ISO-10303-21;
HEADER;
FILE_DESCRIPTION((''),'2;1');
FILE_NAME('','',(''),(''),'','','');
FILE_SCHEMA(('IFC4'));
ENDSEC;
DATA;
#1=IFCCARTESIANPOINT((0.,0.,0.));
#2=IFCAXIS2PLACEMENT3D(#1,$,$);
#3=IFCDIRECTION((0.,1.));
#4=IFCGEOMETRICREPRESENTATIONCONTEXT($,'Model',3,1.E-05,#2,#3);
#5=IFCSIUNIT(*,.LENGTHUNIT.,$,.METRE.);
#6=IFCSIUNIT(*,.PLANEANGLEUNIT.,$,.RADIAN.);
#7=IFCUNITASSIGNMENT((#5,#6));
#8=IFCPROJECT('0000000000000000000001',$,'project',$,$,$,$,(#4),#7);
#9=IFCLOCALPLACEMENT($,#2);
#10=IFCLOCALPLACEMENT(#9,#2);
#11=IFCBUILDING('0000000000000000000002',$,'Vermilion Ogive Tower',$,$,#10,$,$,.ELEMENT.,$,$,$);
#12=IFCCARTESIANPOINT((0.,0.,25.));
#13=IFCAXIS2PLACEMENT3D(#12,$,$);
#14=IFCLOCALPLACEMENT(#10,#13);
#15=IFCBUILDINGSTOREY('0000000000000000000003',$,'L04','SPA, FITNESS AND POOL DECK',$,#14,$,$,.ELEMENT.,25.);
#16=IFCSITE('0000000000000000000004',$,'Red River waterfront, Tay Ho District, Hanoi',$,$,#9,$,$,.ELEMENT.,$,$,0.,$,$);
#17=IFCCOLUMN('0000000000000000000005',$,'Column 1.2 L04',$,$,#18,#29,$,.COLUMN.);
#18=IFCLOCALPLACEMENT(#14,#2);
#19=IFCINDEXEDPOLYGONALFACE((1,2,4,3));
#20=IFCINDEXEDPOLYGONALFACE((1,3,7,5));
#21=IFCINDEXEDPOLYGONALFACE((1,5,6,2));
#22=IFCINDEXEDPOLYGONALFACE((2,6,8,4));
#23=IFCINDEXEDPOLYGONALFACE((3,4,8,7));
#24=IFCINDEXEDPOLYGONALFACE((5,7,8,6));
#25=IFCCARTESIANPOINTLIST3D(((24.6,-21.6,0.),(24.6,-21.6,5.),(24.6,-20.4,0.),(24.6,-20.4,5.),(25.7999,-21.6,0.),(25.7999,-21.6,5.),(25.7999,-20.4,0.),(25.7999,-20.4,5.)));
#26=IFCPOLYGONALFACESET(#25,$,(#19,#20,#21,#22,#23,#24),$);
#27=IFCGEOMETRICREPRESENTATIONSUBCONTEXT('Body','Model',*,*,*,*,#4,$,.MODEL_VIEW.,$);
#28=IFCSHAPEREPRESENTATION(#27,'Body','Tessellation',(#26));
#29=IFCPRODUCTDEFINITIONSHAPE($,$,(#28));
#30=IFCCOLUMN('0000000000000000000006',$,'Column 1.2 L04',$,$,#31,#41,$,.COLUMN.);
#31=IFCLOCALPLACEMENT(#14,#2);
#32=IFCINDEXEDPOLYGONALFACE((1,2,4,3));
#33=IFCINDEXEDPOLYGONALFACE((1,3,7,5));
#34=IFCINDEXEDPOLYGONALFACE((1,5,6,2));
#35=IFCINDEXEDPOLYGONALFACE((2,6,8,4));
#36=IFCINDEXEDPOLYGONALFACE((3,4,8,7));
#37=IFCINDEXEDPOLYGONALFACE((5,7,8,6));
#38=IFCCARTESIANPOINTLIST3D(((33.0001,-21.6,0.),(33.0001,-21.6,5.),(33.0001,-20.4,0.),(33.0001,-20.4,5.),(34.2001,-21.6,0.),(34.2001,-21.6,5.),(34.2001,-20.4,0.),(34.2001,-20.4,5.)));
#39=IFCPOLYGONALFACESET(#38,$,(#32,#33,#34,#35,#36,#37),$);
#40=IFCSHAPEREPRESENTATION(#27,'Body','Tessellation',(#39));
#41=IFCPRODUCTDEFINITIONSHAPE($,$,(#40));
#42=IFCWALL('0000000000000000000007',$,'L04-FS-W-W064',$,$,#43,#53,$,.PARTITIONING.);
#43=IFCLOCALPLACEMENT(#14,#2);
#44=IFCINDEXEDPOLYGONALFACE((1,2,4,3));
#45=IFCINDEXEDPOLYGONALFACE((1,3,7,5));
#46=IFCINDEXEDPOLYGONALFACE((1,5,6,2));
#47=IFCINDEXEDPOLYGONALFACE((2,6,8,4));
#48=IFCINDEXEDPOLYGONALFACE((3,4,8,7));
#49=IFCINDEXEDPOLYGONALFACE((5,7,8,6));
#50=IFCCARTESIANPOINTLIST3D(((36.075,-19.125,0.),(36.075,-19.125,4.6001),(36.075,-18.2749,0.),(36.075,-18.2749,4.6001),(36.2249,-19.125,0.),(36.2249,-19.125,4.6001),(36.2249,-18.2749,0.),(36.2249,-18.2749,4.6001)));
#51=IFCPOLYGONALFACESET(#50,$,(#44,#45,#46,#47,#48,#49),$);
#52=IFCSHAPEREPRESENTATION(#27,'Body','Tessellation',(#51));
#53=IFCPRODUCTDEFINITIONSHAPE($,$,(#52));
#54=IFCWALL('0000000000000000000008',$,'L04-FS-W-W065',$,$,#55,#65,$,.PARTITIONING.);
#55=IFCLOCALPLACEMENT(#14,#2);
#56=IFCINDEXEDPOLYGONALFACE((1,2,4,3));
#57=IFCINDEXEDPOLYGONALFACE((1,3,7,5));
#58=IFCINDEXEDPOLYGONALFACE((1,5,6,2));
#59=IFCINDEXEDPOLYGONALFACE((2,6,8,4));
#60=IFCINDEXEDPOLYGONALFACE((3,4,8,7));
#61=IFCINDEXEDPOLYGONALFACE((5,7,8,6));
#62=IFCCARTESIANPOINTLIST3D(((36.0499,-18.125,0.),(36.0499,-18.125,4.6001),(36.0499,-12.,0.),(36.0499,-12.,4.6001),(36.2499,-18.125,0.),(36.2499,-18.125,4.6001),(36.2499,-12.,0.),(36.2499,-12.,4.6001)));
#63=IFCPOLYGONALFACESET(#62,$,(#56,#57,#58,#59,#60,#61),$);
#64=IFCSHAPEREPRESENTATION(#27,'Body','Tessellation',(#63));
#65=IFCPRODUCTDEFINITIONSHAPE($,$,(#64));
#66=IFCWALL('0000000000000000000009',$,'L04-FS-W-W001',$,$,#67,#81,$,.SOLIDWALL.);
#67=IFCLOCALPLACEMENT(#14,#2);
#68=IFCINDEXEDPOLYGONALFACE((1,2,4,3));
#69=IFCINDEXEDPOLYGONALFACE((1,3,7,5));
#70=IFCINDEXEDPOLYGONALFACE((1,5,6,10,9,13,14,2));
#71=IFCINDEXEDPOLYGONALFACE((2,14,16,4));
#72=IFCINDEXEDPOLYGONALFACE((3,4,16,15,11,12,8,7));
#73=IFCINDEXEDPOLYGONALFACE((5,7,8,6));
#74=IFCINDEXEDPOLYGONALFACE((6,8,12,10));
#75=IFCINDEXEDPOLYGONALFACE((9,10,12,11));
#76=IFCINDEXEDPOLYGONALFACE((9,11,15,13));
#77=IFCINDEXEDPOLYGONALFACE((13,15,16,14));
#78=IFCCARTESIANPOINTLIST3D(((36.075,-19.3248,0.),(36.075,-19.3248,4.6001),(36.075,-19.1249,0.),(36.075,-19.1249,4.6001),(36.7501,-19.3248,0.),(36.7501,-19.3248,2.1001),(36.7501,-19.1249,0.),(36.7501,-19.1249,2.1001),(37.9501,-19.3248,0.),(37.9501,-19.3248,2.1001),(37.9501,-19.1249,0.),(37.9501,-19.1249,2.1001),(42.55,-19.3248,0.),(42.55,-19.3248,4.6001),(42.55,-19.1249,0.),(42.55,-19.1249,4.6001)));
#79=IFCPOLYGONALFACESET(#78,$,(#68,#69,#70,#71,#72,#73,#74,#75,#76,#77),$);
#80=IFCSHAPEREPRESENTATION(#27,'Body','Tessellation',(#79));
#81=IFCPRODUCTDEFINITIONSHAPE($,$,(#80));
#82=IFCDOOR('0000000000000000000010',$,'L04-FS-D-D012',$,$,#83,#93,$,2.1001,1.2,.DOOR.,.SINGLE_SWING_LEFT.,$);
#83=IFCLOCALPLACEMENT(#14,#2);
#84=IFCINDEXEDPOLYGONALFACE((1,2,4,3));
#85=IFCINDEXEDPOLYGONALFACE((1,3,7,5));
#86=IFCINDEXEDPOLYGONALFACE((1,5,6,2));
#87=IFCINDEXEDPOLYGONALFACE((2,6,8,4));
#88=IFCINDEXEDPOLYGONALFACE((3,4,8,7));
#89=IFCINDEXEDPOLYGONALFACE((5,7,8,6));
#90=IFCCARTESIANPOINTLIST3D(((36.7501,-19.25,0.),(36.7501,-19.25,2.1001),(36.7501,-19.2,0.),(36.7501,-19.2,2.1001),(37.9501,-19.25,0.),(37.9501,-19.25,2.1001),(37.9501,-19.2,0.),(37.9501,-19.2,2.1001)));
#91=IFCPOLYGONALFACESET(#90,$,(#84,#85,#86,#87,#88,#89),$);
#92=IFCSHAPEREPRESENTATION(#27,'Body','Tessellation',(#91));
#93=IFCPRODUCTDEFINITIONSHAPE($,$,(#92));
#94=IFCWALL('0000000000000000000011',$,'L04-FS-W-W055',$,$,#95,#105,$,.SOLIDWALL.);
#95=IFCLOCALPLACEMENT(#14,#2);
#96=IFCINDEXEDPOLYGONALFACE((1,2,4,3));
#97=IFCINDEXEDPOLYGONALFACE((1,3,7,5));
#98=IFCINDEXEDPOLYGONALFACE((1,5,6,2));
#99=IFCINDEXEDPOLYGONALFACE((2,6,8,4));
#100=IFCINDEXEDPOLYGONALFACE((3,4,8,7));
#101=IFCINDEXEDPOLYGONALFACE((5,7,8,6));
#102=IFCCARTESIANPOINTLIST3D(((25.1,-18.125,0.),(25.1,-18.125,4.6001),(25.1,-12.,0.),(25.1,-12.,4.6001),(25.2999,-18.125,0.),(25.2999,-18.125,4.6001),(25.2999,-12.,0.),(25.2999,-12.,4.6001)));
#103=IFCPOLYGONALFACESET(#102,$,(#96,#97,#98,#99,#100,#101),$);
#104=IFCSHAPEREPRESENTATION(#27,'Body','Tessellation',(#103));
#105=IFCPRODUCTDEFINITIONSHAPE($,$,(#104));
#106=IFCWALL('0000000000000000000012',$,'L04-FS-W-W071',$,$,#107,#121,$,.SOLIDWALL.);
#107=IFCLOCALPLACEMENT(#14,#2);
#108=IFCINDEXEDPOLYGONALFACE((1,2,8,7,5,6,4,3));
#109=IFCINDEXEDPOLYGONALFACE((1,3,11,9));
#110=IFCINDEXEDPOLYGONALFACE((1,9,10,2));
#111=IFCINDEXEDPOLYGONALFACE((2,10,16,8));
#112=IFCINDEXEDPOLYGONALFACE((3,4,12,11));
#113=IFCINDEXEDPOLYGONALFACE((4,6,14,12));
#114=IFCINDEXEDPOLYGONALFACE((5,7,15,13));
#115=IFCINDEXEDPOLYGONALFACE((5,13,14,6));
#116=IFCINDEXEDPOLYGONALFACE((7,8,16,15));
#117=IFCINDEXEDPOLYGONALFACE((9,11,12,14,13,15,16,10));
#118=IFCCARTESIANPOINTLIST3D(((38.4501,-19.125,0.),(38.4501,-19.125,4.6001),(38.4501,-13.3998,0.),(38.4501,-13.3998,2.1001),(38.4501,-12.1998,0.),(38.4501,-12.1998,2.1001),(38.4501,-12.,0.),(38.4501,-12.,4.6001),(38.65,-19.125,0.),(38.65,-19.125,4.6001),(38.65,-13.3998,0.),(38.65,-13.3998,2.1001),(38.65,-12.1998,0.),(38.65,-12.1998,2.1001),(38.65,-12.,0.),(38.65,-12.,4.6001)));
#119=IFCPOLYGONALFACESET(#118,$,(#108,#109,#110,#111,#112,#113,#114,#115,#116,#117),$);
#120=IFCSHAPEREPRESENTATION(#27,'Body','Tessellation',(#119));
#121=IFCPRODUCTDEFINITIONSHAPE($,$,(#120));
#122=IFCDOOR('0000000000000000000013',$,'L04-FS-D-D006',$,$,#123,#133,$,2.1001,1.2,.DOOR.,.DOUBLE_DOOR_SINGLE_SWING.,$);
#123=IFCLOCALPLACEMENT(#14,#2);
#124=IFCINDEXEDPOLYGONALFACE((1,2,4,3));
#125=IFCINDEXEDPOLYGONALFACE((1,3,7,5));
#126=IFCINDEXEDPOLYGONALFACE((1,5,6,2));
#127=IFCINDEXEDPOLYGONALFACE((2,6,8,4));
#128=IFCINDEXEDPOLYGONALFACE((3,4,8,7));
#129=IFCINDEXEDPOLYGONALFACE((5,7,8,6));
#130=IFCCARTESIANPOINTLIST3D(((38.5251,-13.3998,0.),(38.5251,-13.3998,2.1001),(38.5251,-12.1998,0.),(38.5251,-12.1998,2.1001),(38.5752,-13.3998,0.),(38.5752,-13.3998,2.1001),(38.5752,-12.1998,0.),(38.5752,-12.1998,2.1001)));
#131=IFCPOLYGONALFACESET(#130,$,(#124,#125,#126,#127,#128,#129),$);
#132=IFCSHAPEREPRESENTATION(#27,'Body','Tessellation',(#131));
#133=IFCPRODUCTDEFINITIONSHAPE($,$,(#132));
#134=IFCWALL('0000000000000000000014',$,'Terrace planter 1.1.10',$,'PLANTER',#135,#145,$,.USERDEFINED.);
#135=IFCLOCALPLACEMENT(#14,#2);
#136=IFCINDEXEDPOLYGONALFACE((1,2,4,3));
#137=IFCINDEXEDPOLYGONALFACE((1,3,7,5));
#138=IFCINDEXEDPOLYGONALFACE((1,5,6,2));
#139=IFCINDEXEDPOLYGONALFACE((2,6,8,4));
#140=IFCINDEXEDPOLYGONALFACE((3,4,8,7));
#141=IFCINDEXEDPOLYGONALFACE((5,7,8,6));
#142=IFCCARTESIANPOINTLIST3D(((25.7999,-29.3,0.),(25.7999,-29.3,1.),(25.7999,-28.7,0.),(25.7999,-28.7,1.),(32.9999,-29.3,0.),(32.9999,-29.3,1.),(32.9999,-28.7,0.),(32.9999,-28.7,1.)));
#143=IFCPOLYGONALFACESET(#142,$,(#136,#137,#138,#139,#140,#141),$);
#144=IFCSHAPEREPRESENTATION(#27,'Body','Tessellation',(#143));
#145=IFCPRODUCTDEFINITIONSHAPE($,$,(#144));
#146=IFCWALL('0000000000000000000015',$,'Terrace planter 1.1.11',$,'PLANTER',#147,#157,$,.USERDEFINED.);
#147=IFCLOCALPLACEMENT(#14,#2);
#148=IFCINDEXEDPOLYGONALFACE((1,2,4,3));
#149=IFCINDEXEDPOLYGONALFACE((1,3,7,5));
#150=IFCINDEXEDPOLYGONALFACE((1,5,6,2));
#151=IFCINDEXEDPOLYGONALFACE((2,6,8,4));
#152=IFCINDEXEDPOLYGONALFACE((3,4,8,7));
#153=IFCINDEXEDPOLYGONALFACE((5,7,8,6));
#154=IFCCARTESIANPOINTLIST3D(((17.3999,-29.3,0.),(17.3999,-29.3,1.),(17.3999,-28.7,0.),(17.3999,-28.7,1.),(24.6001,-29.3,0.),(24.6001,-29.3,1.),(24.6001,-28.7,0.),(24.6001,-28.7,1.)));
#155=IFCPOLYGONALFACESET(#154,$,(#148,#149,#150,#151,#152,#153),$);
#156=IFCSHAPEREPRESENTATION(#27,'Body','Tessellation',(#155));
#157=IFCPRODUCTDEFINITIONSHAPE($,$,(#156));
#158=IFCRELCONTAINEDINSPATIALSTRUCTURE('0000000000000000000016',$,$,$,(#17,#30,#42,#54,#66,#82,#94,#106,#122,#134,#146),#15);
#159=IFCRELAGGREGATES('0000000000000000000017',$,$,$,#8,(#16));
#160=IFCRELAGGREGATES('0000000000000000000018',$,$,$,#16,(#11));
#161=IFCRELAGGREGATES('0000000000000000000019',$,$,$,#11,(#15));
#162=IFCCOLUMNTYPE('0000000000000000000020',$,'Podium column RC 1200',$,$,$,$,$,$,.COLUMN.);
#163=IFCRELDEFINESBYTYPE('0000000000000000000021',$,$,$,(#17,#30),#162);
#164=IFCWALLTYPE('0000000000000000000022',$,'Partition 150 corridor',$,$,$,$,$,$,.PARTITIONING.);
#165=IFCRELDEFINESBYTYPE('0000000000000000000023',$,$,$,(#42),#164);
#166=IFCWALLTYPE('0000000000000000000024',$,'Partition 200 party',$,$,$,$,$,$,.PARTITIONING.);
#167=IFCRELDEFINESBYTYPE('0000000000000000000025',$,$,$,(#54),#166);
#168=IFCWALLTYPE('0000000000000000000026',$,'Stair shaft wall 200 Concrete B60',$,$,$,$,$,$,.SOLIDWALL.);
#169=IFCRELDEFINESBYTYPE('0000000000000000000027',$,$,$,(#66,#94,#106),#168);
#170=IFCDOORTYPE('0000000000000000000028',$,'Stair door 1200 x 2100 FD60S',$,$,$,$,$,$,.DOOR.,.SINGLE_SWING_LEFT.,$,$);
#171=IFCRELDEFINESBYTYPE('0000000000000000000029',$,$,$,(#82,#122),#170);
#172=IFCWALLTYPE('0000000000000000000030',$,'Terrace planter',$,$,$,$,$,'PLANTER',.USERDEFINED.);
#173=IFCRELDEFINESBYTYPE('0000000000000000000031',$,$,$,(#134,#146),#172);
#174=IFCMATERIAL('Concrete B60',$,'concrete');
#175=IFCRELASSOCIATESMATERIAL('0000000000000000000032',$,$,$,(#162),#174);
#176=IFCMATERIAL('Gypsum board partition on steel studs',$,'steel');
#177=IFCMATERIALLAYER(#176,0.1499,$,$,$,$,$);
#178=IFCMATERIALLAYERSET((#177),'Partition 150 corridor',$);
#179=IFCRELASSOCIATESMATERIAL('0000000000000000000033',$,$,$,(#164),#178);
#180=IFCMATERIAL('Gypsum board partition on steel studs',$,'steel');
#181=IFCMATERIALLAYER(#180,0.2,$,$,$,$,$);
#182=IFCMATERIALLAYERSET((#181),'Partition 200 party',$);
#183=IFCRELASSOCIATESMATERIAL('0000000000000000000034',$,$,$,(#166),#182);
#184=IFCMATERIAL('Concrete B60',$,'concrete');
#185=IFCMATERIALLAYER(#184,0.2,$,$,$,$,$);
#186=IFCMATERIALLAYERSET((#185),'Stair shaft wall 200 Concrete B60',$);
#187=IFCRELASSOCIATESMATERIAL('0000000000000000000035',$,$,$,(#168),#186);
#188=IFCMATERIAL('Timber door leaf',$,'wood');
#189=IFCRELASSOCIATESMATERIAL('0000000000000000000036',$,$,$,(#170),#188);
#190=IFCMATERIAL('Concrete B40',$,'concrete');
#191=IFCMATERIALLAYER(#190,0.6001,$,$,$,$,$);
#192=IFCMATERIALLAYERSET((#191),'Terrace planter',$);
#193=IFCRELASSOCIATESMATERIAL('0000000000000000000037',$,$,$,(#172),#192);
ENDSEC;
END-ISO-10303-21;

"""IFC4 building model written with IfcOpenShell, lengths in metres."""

from ifc_helpers import new_model, si_unit, direction, frame, frame_2d, origin, origin_2d, place, context, subcontext, project, spatial, rectangle, extrude, material, layer, layer_set, material_profile, profile_set, type_object, element, fill, save


model = new_model("IFC4")

# Units and contexts
model_context = context("Model", 3, precision=1e-05, world=origin(), true_north=direction((0.0, 1.0)))
body_context = subcontext(model_context, "Body", "Model", "MODEL_VIEW")
ifc_project = project(units=[si_unit("LENGTHUNIT", "METRE"), si_unit("PLANEANGLEUNIT", "RADIAN")], contexts=[model_context])

# Site, building, storey
site_placement = place(None, origin())
site = spatial("IfcSite", under=ifc_project, at=site_placement, Name="Red River waterfront, Tay Ho District, Hanoi", CompositionType="ELEMENT", RefElevation=0.0)
building_placement = place(site_placement, origin())
building = spatial("IfcBuilding", under=site, at=building_placement, Name="Vermilion Ogive Tower", CompositionType="ELEMENT")
storey_placement = place(building_placement, frame((0.0, 0.0, 25.0)))
storey = spatial("IfcBuildingStorey", under=building, at=storey_placement, Name="L04", Description="SPA, FITNESS AND POOL DECK", CompositionType="ELEMENT", Elevation=25.0)

# Columns
ifc_material_1 = material(Name="Concrete B60", Category="concrete")
ifc_material_profile = material_profile(ifc_material_1, rectangle(XDim=1.2, YDim=1.2, at=origin_2d()), Name="RC 1200x1200")
ifc_profile_set = profile_set([ifc_material_profile], Name="Concrete B60")
column_type = type_object("IfcColumnType", Name="Podium column RC 1200", PredefinedType="COLUMN", material=ifc_profile_set)
for number, where, z_axis, x_axis, name in (
    (1, (25.2, -21.0, 0.0), (0.0, 0.0, 1.0), (1.0, 0.0, 0.0), "Column 1.2 L04"),
    (2, (33.6001, -21.0, 0.0), (0.0, 0.0, 1.0), (1.0, 0.0, 0.0), "Column 1.2 L04"),
):
    element("IfcColumn", number, at=place(storey_placement, frame(where, z_axis=z_axis, x_axis=x_axis)), inside=storey, type_object=column_type, Name=name, PredefinedType="COLUMN", context=body_context, shape_type="SweptSolid", body=[
        extrude(rectangle(XDim=1.2, YDim=1.2, at=origin_2d()), origin(), (0.0, 0.0, 1.0), 5.0),
    ])

# Walls
ifc_material_2 = material(Name="Gypsum board partition on steel studs", Category="steel")
ifc_layer_1 = layer(ifc_material_2, 0.1499)
ifc_layer_set_1 = layer_set([ifc_layer_1], Name="Partition 150 corridor")
wall_type_1 = type_object("IfcWallType", Name="Partition 150 corridor", PredefinedType="PARTITIONING", material=ifc_layer_set_1)
wall_1_placement = place(storey_placement, frame((36.1499, -19.125, 0.0), z_axis=(0.0, 0.0, 1.0), x_axis=(0.0, 1.0, 0.0)))
element("IfcWall", 3, at=wall_1_placement, inside=storey, type_object=wall_type_1, Name="L04-FS-W-W064", PredefinedType="PARTITIONING", context=body_context, shape_type="SweptSolid", body=[
    extrude(rectangle(XDim=0.8501, YDim=0.1499, at=frame_2d((0.425, 0.0))), origin(), (0.0, 0.0, 1.0), 4.6001),
])
ifc_material_3 = material(Name="Gypsum board partition on steel studs", Category="steel")
ifc_layer_2 = layer(ifc_material_3, 0.2)
ifc_layer_set_2 = layer_set([ifc_layer_2], Name="Partition 200 party")
wall_type_2 = type_object("IfcWallType", Name="Partition 200 party", PredefinedType="PARTITIONING", material=ifc_layer_set_2)
wall_2_placement = place(storey_placement, frame((36.1499, -18.125, 0.0), z_axis=(0.0, 0.0, 1.0), x_axis=(0.0, 1.0, 0.0)))
element("IfcWall", 4, at=wall_2_placement, inside=storey, type_object=wall_type_2, Name="L04-FS-W-W065", PredefinedType="PARTITIONING", context=body_context, shape_type="SweptSolid", body=[
    extrude(rectangle(XDim=6.125, YDim=0.2, at=frame_2d((3.0625, 0.0))), origin(), (0.0, 0.0, 1.0), 4.6001),
])

# Wall, opening, door
ifc_material_4 = material(Name="Concrete B60", Category="concrete")
ifc_layer_3 = layer(ifc_material_4, 0.2)
ifc_layer_set_3 = layer_set([ifc_layer_3], Name="Stair shaft wall 200 Concrete B60")
wall_type_3 = type_object("IfcWallType", Name="Stair shaft wall 200 Concrete B60", PredefinedType="SOLIDWALL", material=ifc_layer_set_3)
wall_3_placement = place(storey_placement, frame((36.075, -19.2249, 0.0), z_axis=(0.0, 0.0, 1.0), x_axis=(1.0, 0.0, 0.0)))
wall_3 = element("IfcWall", 5, at=wall_3_placement, inside=storey, type_object=wall_type_3, Name="L04-FS-W-W001", PredefinedType="SOLIDWALL", context=body_context, shape_type="SweptSolid", body=[
    extrude(rectangle(XDim=6.4751, YDim=0.2, at=frame_2d((3.2375, 0.0))), origin(), (0.0, 0.0, 1.0), 4.6001),
])
opening_1_placement = place(wall_3_placement, frame((0.675, 0.0, 0.0)))
opening_1 = element("IfcOpeningElement", 6, at=opening_1_placement, cuts=wall_3, PredefinedType="OPENING", context=body_context, shape_type="SweptSolid", body=[
    extrude(rectangle(XDim=1.2, YDim=2.1001, at=frame_2d((0.6001, 1.05))), frame((0.0, 0.1099, 0.0), z_axis=(0.0, -1.0, 0.0), x_axis=(1.0, 0.0, 0.0)), (0.0, 0.0, 1.0), 0.22),
])
ifc_material_5 = material(Name="Timber door leaf", Category="wood")
door_type_1 = type_object("IfcDoorType", Name="Stair door 1200 x 2100 FD60S", OperationType="SINGLE_SWING_LEFT", PredefinedType="DOOR", material=ifc_material_5)
door_1_placement = place(opening_1_placement, origin())
door_1 = element("IfcDoor", 7, at=door_1_placement, inside=storey, type_object=door_type_1, Name="L04-FS-D-D012", OperationType="SINGLE_SWING_LEFT", OverallHeight=2.1001, OverallWidth=1.2, PredefinedType="DOOR", context=body_context, shape_type="SweptSolid", body=[
    extrude(rectangle(XDim=1.2, YDim=2.1001, at=frame_2d((0.6001, 1.05))), frame((0.0, 0.0249, 0.0), z_axis=(0.0, -1.0, 0.0), x_axis=(1.0, 0.0, 0.0)), (0.0, 0.0, 1.0), 0.05),
])
fill(opening_1, door_1)

# Wall
wall_4_placement = place(storey_placement, frame((25.2, -18.125, 0.0), z_axis=(0.0, 0.0, 1.0), x_axis=(0.0, 1.0, 0.0)))
element("IfcWall", 8, at=wall_4_placement, inside=storey, type_object=wall_type_3, Name="L04-FS-W-W055", PredefinedType="SOLIDWALL", context=body_context, shape_type="SweptSolid", body=[
    extrude(rectangle(XDim=6.125, YDim=0.2, at=frame_2d((3.0625, 0.0))), origin(), (0.0, 0.0, 1.0), 4.6001),
])

# Wall, opening, door
wall_5_placement = place(storey_placement, frame((38.55, -19.125, 0.0), z_axis=(0.0, 0.0, 1.0), x_axis=(0.0, 1.0, 0.0)))
wall_5 = element("IfcWall", 9, at=wall_5_placement, inside=storey, type_object=wall_type_3, Name="L04-FS-W-W071", PredefinedType="SOLIDWALL", context=body_context, shape_type="SweptSolid", body=[
    extrude(rectangle(XDim=7.125, YDim=0.2, at=frame_2d((3.5625, 0.0))), origin(), (0.0, 0.0, 1.0), 4.6001),
])
opening_2_placement = place(wall_5_placement, frame((5.7251, 0.0, 0.0)))
opening_2 = element("IfcOpeningElement", 10, at=opening_2_placement, cuts=wall_5, PredefinedType="OPENING", context=body_context, shape_type="SweptSolid", body=[
    extrude(rectangle(XDim=1.2, YDim=2.1001, at=frame_2d((0.6001, 1.05))), frame((0.0, 0.1099, 0.0), z_axis=(0.0, -1.0, 0.0), x_axis=(1.0, 0.0, 0.0)), (0.0, 0.0, 1.0), 0.22),
])
door_2_placement = place(opening_2_placement, origin())
door_2 = element("IfcDoor", 11, at=door_2_placement, inside=storey, type_object=door_type_1, Name="L04-FS-D-D006", OperationType="DOUBLE_DOOR_SINGLE_SWING", OverallHeight=2.1001, OverallWidth=1.2, PredefinedType="DOOR", context=body_context, shape_type="SweptSolid", body=[
    extrude(rectangle(XDim=1.2, YDim=2.1001, at=frame_2d((0.6001, 1.05))), frame((0.0, 0.0249, 0.0), z_axis=(0.0, -1.0, 0.0), x_axis=(1.0, 0.0, 0.0)), (0.0, 0.0, 1.0), 0.05),
])
fill(opening_2, door_2)

# Walls
ifc_material_6 = material(Name="Concrete B40", Category="concrete")
ifc_layer_4 = layer(ifc_material_6, 0.6001)
ifc_layer_set_4 = layer_set([ifc_layer_4], Name="Terrace planter")
wall_type_4 = type_object("IfcWallType", Name="Terrace planter", ElementType="PLANTER", PredefinedType="USERDEFINED", material=ifc_layer_set_4)
wall_6_placement = place(storey_placement, frame((33.0, -29.0, 0.0), z_axis=(0.0, 0.0, 1.0), x_axis=(-1.0, 0.0, 0.0)))
element("IfcWall", 12, at=wall_6_placement, inside=storey, type_object=wall_type_4, Name="Terrace planter 1.1.10", ObjectType="PLANTER", PredefinedType="USERDEFINED", context=body_context, shape_type="SweptSolid", body=[
    extrude(rectangle(XDim=7.2, YDim=0.6001, at=frame_2d((3.6001, 0.0))), origin(), (0.0, 0.0, 1.0), 1.0),
])
wall_7_placement = place(storey_placement, frame((24.6001, -29.0, 0.0), z_axis=(0.0, 0.0, 1.0), x_axis=(-1.0, 0.0, 0.0)))
element("IfcWall", 13, at=wall_7_placement, inside=storey, type_object=wall_type_4, Name="Terrace planter 1.1.11", ObjectType="PLANTER", PredefinedType="USERDEFINED", context=body_context, shape_type="SweptSolid", body=[
    extrude(rectangle(XDim=7.2002, YDim=0.6001, at=frame_2d((3.6001, 0.0))), origin(), (0.0, 0.0, 1.0), 1.0),
])

save(model, "model.ifc")
